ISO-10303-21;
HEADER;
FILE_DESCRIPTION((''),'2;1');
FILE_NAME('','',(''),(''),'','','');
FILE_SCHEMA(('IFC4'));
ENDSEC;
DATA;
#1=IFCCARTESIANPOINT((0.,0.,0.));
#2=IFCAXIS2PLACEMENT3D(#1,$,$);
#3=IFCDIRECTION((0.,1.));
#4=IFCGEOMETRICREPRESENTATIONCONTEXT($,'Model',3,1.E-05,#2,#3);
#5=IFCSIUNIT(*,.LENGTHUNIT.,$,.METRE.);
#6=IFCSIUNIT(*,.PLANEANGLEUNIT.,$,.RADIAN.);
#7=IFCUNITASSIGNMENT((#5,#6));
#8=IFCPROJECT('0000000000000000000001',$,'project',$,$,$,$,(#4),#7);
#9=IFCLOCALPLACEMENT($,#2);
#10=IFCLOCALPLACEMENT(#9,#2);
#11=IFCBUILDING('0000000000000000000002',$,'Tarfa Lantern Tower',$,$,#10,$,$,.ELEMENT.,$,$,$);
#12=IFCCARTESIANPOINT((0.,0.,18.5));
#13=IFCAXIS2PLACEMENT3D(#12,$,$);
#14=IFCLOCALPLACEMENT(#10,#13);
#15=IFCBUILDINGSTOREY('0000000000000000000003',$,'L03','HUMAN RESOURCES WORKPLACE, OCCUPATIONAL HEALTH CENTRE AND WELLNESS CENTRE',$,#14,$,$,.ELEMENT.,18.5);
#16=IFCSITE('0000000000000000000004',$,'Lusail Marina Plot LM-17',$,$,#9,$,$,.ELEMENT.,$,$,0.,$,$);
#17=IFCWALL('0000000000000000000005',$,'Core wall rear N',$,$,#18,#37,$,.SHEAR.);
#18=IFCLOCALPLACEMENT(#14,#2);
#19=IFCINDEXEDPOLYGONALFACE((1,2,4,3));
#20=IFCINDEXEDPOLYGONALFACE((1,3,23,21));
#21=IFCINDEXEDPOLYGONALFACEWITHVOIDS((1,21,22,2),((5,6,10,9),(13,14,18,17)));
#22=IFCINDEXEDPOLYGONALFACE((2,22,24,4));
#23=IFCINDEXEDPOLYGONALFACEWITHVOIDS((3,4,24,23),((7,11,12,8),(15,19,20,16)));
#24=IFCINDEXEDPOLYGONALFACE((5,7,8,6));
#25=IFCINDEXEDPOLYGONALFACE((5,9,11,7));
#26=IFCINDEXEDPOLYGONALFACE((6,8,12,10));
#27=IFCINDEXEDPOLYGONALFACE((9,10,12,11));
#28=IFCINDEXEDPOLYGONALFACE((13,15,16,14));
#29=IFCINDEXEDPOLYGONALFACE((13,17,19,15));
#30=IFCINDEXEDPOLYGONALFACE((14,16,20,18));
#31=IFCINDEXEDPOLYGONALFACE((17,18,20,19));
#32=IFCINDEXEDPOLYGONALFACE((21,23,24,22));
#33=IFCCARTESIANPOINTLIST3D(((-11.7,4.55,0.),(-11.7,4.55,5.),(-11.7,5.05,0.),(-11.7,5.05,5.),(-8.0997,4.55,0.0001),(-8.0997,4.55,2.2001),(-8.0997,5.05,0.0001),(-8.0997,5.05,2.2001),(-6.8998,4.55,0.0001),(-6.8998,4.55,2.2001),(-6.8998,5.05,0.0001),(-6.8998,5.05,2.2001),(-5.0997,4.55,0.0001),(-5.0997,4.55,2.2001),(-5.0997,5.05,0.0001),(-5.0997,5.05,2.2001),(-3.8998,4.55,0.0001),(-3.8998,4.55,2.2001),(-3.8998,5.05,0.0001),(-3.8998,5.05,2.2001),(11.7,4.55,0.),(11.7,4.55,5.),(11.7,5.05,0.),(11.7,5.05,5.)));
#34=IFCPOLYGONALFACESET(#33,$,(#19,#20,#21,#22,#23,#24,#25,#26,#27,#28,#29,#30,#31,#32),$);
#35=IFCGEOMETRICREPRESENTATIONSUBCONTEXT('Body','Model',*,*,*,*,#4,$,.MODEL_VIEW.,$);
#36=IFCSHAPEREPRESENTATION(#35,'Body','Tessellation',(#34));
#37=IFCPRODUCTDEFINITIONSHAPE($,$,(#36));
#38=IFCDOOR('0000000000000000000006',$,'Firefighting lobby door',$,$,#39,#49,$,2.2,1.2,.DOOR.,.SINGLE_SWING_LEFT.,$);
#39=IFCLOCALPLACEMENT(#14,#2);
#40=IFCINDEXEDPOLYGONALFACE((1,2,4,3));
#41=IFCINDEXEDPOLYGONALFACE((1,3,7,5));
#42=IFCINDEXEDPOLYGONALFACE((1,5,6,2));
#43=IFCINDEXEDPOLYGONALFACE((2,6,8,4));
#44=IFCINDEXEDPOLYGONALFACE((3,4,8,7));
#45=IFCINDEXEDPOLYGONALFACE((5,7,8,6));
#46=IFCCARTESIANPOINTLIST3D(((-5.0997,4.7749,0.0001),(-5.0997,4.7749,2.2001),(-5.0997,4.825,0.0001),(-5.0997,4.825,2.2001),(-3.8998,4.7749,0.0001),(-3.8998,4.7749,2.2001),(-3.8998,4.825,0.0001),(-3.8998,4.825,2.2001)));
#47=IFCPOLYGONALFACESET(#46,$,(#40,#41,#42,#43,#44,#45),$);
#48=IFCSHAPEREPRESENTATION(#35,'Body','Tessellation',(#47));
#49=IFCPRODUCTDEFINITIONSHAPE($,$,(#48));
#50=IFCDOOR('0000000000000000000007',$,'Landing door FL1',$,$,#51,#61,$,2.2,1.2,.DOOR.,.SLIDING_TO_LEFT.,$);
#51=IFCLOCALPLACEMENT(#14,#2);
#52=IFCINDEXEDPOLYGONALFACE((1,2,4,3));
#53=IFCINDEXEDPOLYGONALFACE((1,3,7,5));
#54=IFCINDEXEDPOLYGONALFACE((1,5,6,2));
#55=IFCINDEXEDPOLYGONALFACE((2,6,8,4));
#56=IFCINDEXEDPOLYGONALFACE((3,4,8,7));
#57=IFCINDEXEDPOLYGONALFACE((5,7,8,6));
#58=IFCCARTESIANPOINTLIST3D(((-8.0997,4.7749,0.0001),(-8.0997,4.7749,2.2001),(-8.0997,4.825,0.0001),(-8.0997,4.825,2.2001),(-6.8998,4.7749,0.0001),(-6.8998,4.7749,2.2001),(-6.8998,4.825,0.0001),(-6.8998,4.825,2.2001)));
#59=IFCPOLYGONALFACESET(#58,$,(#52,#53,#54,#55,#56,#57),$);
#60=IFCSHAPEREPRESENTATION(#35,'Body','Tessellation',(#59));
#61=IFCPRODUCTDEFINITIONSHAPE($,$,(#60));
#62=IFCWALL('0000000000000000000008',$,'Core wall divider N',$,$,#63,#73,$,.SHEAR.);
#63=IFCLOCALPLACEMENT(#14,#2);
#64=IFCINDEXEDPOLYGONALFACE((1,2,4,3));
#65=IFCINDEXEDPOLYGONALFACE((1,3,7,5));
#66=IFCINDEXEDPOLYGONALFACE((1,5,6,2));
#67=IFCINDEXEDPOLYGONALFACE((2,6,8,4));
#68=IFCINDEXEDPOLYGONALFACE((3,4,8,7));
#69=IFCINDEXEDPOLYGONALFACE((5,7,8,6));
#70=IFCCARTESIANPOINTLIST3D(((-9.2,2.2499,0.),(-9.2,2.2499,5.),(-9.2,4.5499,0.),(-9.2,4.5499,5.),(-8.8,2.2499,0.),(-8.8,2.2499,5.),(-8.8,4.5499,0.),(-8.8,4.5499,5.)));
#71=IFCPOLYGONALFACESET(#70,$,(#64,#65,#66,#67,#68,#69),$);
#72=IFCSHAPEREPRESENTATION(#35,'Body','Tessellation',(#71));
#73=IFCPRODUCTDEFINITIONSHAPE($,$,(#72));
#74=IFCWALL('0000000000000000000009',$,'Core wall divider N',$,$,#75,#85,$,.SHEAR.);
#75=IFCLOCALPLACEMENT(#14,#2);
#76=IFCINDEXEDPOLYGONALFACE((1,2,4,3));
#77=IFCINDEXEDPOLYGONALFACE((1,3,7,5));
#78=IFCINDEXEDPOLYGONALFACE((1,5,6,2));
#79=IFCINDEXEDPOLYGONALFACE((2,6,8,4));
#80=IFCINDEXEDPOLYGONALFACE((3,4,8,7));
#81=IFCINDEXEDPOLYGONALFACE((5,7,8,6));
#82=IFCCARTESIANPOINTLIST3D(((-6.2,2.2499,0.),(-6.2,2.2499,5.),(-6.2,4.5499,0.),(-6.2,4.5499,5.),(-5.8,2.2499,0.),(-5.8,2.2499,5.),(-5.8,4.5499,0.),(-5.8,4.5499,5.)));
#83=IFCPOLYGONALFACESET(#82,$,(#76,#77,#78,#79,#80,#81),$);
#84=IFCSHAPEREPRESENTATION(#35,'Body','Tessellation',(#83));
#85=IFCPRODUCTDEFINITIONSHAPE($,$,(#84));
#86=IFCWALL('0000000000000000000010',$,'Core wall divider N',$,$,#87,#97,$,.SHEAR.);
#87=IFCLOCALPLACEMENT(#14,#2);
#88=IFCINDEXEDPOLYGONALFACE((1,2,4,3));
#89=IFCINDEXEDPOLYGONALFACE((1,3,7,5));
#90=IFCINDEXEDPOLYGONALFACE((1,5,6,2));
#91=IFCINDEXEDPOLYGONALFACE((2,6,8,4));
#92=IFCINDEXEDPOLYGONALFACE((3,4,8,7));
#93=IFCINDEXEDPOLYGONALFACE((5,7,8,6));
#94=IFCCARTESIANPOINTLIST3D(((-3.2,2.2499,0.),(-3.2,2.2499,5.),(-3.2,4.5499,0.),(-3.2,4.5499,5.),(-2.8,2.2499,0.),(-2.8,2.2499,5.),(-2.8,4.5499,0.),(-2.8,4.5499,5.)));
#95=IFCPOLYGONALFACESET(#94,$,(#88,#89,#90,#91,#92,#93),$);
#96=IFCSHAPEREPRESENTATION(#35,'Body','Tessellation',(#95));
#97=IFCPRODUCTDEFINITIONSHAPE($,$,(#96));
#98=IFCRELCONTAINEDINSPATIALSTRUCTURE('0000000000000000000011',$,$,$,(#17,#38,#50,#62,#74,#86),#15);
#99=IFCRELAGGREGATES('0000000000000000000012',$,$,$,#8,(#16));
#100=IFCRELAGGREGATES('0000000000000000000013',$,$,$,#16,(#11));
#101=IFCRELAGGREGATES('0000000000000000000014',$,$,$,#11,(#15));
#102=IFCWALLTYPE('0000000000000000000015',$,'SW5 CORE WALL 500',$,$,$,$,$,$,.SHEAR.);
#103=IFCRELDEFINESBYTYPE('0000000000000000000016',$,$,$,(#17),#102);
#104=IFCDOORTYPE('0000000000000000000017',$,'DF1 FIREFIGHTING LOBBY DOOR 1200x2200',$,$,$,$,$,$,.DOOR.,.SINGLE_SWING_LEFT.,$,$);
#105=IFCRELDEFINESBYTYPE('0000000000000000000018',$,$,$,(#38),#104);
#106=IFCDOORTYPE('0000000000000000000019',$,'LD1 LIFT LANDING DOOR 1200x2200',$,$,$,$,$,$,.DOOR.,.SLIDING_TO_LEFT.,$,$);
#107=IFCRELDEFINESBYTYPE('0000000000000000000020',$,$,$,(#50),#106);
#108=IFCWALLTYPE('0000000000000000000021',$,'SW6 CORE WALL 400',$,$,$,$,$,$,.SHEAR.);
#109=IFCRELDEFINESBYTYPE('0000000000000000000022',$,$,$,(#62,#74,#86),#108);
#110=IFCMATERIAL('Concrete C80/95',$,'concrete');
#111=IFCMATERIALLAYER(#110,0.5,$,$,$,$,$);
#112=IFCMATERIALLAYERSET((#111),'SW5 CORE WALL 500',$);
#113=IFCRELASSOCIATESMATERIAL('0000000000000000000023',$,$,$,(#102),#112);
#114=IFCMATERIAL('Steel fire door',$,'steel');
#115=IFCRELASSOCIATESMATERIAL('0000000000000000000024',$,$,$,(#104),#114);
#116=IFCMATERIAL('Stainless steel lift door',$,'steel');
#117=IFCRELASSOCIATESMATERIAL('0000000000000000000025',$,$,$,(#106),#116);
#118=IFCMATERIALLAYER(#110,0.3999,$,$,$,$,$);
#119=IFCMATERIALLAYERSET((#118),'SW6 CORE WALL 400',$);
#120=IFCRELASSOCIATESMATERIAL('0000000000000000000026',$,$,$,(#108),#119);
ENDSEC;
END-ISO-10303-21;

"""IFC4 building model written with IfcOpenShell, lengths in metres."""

from ifc_helpers import new_model, si_unit, direction, frame, frame_2d, origin, place, context, subcontext, project, spatial, rectangle, extrude, material, layer, layer_set, type_object, element, fill, save


model = new_model("IFC4")

# Units and contexts
model_context = context("Model", 3, precision=1e-05, world=origin(), true_north=direction((0.0, 1.0)))
body_context = subcontext(model_context, "Body", "Model", "MODEL_VIEW")
ifc_project = project(units=[si_unit("LENGTHUNIT", "METRE"), si_unit("PLANEANGLEUNIT", "RADIAN")], contexts=[model_context])

# Site, building, storey
site_placement = place(None, origin())
site = spatial("IfcSite", under=ifc_project, at=site_placement, Name="Lusail Marina Plot LM-17", CompositionType="ELEMENT", RefElevation=0.0)
building_placement = place(site_placement, origin())
building = spatial("IfcBuilding", under=site, at=building_placement, Name="Tarfa Lantern Tower", CompositionType="ELEMENT")
storey_placement = place(building_placement, frame((0.0, 0.0, 18.5)))
storey = spatial("IfcBuildingStorey", under=building, at=storey_placement, Name="L03", Description="HUMAN RESOURCES WORKPLACE, OCCUPATIONAL HEALTH CENTRE AND WELLNESS CENTRE", CompositionType="ELEMENT", Elevation=18.5)

# Shared definitions
ifc_material_1 = material(Name="Concrete C80/95", Category="concrete")

# Shared definitions
ifc_material_2 = material(Name="Steel fire door", Category="steel")

# Shared definitions
ifc_layer_1 = layer(ifc_material_1, 0.5)
ifc_layer_set_1 = layer_set([ifc_layer_1], Name="SW5 CORE WALL 500")
wall_type_1 = type_object("IfcWallType", Name="SW5 CORE WALL 500", PredefinedType="SHEAR", material=ifc_layer_set_1)

# Shared definitions
ifc_material_3 = material(Name="Stainless steel lift door", Category="steel")

# Wall, openings, doors
wall_1_placement = place(storey_placement, frame((-11.7, 4.8, 0.0), z_axis=(0.0, 0.0, 1.0), x_axis=(1.0, 0.0, 0.0)))
wall_1 = element("IfcWall", 1, at=wall_1_placement, inside=storey, type_object=wall_type_1, Name="Core wall rear N", PredefinedType="SHEAR", context=body_context, shape_type="SweptSolid", body=[
    extrude(rectangle(XDim=23.3999, YDim=0.5, at=frame_2d((11.7, 0.0))), origin(), (0.0, 0.0, 1.0), 5.0),
])
opening_1_placement = place(wall_1_placement, frame((6.6001, 0.0, 0.0)))
opening_1 = element("IfcOpeningElement", 2, at=opening_1_placement, cuts=wall_1, PredefinedType="OPENING", context=body_context, shape_type="SweptSolid", body=[
    extrude(rectangle(XDim=1.2, YDim=2.2, at=frame_2d((0.6001, 1.1001))), frame((0.0, 0.26, 0.0), z_axis=(0.0, -1.0, 0.0), x_axis=(1.0, 0.0, 0.0)), (0.0, 0.0, 1.0), 0.52),
])
opening_2_placement = place(wall_1_placement, frame((3.6001, 0.0, 0.0)))
opening_2 = element("IfcOpeningElement", 3, at=opening_2_placement, cuts=wall_1, PredefinedType="OPENING", context=body_context, shape_type="SweptSolid", body=[
    extrude(rectangle(XDim=1.2, YDim=2.2, at=frame_2d((0.6001, 1.1001))), frame((0.0, 0.26, 0.0), z_axis=(0.0, -1.0, 0.0), x_axis=(1.0, 0.0, 0.0)), (0.0, 0.0, 1.0), 0.52),
])
door_type_1 = type_object("IfcDoorType", Name="DF1 FIREFIGHTING LOBBY DOOR 1200x2200", OperationType="SINGLE_SWING_LEFT", PredefinedType="DOOR", material=ifc_material_2)
door_1_placement = place(opening_1_placement, origin())
door_1 = element("IfcDoor", 4, at=door_1_placement, inside=storey, type_object=door_type_1, Name="Firefighting lobby door", OperationType="SINGLE_SWING_LEFT", OverallHeight=2.2, OverallWidth=1.2, PredefinedType="DOOR", context=body_context, shape_type="SweptSolid", body=[
    extrude(rectangle(XDim=1.2, YDim=2.2, at=frame_2d((0.6001, 1.1001))), frame((0.0, 0.0249, 0.0), z_axis=(0.0, -1.0, 0.0), x_axis=(1.0, 0.0, 0.0)), (0.0, 0.0, 1.0), 0.05),
])
fill(opening_1, door_1)
door_type_2 = type_object("IfcDoorType", Name="LD1 LIFT LANDING DOOR 1200x2200", OperationType="SLIDING_TO_LEFT", PredefinedType="DOOR", material=ifc_material_3)
door_2_placement = place(opening_2_placement, origin())
door_2 = element("IfcDoor", 5, at=door_2_placement, inside=storey, type_object=door_type_2, Name="Landing door FL1", OperationType="SLIDING_TO_LEFT", OverallHeight=2.2, OverallWidth=1.2, PredefinedType="DOOR", context=body_context, shape_type="SweptSolid", body=[
    extrude(rectangle(XDim=1.2, YDim=2.2, at=frame_2d((0.6001, 1.1001))), frame((0.0, 0.0249, 0.0), z_axis=(0.0, -1.0, 0.0), x_axis=(1.0, 0.0, 0.0)), (0.0, 0.0, 1.0), 0.05),
])
fill(opening_2, door_2)

# Walls
ifc_layer_2 = layer(ifc_material_1, 0.3999)
ifc_layer_set_2 = layer_set([ifc_layer_2], Name="SW6 CORE WALL 400")
wall_type_2 = type_object("IfcWallType", Name="SW6 CORE WALL 400", PredefinedType="SHEAR", material=ifc_layer_set_2)
for number, where, z_axis, x_axis, name in (
    (6, (-9.0, 2.25, 0.0), (0.0, 0.0, 1.0), (0.0, 1.0, 0.0), "Core wall divider N"),
    (7, (-6.0, 2.25, 0.0), (0.0, 0.0, 1.0), (0.0, 1.0, 0.0), "Core wall divider N"),
    (8, (-3.0, 2.25, 0.0), (0.0, 0.0, 1.0), (0.0, 1.0, 0.0), "Core wall divider N"),
):
    element("IfcWall", number, at=place(storey_placement, frame(where, z_axis=z_axis, x_axis=x_axis)), inside=storey, type_object=wall_type_2, Name=name, PredefinedType="SHEAR", context=body_context, shape_type="SweptSolid", body=[
        extrude(rectangle(XDim=2.3, YDim=0.3999, at=frame_2d((1.1499, 0.0))), origin(), (0.0, 0.0, 1.0), 5.0),
    ])

save(model, "model.ifc")
